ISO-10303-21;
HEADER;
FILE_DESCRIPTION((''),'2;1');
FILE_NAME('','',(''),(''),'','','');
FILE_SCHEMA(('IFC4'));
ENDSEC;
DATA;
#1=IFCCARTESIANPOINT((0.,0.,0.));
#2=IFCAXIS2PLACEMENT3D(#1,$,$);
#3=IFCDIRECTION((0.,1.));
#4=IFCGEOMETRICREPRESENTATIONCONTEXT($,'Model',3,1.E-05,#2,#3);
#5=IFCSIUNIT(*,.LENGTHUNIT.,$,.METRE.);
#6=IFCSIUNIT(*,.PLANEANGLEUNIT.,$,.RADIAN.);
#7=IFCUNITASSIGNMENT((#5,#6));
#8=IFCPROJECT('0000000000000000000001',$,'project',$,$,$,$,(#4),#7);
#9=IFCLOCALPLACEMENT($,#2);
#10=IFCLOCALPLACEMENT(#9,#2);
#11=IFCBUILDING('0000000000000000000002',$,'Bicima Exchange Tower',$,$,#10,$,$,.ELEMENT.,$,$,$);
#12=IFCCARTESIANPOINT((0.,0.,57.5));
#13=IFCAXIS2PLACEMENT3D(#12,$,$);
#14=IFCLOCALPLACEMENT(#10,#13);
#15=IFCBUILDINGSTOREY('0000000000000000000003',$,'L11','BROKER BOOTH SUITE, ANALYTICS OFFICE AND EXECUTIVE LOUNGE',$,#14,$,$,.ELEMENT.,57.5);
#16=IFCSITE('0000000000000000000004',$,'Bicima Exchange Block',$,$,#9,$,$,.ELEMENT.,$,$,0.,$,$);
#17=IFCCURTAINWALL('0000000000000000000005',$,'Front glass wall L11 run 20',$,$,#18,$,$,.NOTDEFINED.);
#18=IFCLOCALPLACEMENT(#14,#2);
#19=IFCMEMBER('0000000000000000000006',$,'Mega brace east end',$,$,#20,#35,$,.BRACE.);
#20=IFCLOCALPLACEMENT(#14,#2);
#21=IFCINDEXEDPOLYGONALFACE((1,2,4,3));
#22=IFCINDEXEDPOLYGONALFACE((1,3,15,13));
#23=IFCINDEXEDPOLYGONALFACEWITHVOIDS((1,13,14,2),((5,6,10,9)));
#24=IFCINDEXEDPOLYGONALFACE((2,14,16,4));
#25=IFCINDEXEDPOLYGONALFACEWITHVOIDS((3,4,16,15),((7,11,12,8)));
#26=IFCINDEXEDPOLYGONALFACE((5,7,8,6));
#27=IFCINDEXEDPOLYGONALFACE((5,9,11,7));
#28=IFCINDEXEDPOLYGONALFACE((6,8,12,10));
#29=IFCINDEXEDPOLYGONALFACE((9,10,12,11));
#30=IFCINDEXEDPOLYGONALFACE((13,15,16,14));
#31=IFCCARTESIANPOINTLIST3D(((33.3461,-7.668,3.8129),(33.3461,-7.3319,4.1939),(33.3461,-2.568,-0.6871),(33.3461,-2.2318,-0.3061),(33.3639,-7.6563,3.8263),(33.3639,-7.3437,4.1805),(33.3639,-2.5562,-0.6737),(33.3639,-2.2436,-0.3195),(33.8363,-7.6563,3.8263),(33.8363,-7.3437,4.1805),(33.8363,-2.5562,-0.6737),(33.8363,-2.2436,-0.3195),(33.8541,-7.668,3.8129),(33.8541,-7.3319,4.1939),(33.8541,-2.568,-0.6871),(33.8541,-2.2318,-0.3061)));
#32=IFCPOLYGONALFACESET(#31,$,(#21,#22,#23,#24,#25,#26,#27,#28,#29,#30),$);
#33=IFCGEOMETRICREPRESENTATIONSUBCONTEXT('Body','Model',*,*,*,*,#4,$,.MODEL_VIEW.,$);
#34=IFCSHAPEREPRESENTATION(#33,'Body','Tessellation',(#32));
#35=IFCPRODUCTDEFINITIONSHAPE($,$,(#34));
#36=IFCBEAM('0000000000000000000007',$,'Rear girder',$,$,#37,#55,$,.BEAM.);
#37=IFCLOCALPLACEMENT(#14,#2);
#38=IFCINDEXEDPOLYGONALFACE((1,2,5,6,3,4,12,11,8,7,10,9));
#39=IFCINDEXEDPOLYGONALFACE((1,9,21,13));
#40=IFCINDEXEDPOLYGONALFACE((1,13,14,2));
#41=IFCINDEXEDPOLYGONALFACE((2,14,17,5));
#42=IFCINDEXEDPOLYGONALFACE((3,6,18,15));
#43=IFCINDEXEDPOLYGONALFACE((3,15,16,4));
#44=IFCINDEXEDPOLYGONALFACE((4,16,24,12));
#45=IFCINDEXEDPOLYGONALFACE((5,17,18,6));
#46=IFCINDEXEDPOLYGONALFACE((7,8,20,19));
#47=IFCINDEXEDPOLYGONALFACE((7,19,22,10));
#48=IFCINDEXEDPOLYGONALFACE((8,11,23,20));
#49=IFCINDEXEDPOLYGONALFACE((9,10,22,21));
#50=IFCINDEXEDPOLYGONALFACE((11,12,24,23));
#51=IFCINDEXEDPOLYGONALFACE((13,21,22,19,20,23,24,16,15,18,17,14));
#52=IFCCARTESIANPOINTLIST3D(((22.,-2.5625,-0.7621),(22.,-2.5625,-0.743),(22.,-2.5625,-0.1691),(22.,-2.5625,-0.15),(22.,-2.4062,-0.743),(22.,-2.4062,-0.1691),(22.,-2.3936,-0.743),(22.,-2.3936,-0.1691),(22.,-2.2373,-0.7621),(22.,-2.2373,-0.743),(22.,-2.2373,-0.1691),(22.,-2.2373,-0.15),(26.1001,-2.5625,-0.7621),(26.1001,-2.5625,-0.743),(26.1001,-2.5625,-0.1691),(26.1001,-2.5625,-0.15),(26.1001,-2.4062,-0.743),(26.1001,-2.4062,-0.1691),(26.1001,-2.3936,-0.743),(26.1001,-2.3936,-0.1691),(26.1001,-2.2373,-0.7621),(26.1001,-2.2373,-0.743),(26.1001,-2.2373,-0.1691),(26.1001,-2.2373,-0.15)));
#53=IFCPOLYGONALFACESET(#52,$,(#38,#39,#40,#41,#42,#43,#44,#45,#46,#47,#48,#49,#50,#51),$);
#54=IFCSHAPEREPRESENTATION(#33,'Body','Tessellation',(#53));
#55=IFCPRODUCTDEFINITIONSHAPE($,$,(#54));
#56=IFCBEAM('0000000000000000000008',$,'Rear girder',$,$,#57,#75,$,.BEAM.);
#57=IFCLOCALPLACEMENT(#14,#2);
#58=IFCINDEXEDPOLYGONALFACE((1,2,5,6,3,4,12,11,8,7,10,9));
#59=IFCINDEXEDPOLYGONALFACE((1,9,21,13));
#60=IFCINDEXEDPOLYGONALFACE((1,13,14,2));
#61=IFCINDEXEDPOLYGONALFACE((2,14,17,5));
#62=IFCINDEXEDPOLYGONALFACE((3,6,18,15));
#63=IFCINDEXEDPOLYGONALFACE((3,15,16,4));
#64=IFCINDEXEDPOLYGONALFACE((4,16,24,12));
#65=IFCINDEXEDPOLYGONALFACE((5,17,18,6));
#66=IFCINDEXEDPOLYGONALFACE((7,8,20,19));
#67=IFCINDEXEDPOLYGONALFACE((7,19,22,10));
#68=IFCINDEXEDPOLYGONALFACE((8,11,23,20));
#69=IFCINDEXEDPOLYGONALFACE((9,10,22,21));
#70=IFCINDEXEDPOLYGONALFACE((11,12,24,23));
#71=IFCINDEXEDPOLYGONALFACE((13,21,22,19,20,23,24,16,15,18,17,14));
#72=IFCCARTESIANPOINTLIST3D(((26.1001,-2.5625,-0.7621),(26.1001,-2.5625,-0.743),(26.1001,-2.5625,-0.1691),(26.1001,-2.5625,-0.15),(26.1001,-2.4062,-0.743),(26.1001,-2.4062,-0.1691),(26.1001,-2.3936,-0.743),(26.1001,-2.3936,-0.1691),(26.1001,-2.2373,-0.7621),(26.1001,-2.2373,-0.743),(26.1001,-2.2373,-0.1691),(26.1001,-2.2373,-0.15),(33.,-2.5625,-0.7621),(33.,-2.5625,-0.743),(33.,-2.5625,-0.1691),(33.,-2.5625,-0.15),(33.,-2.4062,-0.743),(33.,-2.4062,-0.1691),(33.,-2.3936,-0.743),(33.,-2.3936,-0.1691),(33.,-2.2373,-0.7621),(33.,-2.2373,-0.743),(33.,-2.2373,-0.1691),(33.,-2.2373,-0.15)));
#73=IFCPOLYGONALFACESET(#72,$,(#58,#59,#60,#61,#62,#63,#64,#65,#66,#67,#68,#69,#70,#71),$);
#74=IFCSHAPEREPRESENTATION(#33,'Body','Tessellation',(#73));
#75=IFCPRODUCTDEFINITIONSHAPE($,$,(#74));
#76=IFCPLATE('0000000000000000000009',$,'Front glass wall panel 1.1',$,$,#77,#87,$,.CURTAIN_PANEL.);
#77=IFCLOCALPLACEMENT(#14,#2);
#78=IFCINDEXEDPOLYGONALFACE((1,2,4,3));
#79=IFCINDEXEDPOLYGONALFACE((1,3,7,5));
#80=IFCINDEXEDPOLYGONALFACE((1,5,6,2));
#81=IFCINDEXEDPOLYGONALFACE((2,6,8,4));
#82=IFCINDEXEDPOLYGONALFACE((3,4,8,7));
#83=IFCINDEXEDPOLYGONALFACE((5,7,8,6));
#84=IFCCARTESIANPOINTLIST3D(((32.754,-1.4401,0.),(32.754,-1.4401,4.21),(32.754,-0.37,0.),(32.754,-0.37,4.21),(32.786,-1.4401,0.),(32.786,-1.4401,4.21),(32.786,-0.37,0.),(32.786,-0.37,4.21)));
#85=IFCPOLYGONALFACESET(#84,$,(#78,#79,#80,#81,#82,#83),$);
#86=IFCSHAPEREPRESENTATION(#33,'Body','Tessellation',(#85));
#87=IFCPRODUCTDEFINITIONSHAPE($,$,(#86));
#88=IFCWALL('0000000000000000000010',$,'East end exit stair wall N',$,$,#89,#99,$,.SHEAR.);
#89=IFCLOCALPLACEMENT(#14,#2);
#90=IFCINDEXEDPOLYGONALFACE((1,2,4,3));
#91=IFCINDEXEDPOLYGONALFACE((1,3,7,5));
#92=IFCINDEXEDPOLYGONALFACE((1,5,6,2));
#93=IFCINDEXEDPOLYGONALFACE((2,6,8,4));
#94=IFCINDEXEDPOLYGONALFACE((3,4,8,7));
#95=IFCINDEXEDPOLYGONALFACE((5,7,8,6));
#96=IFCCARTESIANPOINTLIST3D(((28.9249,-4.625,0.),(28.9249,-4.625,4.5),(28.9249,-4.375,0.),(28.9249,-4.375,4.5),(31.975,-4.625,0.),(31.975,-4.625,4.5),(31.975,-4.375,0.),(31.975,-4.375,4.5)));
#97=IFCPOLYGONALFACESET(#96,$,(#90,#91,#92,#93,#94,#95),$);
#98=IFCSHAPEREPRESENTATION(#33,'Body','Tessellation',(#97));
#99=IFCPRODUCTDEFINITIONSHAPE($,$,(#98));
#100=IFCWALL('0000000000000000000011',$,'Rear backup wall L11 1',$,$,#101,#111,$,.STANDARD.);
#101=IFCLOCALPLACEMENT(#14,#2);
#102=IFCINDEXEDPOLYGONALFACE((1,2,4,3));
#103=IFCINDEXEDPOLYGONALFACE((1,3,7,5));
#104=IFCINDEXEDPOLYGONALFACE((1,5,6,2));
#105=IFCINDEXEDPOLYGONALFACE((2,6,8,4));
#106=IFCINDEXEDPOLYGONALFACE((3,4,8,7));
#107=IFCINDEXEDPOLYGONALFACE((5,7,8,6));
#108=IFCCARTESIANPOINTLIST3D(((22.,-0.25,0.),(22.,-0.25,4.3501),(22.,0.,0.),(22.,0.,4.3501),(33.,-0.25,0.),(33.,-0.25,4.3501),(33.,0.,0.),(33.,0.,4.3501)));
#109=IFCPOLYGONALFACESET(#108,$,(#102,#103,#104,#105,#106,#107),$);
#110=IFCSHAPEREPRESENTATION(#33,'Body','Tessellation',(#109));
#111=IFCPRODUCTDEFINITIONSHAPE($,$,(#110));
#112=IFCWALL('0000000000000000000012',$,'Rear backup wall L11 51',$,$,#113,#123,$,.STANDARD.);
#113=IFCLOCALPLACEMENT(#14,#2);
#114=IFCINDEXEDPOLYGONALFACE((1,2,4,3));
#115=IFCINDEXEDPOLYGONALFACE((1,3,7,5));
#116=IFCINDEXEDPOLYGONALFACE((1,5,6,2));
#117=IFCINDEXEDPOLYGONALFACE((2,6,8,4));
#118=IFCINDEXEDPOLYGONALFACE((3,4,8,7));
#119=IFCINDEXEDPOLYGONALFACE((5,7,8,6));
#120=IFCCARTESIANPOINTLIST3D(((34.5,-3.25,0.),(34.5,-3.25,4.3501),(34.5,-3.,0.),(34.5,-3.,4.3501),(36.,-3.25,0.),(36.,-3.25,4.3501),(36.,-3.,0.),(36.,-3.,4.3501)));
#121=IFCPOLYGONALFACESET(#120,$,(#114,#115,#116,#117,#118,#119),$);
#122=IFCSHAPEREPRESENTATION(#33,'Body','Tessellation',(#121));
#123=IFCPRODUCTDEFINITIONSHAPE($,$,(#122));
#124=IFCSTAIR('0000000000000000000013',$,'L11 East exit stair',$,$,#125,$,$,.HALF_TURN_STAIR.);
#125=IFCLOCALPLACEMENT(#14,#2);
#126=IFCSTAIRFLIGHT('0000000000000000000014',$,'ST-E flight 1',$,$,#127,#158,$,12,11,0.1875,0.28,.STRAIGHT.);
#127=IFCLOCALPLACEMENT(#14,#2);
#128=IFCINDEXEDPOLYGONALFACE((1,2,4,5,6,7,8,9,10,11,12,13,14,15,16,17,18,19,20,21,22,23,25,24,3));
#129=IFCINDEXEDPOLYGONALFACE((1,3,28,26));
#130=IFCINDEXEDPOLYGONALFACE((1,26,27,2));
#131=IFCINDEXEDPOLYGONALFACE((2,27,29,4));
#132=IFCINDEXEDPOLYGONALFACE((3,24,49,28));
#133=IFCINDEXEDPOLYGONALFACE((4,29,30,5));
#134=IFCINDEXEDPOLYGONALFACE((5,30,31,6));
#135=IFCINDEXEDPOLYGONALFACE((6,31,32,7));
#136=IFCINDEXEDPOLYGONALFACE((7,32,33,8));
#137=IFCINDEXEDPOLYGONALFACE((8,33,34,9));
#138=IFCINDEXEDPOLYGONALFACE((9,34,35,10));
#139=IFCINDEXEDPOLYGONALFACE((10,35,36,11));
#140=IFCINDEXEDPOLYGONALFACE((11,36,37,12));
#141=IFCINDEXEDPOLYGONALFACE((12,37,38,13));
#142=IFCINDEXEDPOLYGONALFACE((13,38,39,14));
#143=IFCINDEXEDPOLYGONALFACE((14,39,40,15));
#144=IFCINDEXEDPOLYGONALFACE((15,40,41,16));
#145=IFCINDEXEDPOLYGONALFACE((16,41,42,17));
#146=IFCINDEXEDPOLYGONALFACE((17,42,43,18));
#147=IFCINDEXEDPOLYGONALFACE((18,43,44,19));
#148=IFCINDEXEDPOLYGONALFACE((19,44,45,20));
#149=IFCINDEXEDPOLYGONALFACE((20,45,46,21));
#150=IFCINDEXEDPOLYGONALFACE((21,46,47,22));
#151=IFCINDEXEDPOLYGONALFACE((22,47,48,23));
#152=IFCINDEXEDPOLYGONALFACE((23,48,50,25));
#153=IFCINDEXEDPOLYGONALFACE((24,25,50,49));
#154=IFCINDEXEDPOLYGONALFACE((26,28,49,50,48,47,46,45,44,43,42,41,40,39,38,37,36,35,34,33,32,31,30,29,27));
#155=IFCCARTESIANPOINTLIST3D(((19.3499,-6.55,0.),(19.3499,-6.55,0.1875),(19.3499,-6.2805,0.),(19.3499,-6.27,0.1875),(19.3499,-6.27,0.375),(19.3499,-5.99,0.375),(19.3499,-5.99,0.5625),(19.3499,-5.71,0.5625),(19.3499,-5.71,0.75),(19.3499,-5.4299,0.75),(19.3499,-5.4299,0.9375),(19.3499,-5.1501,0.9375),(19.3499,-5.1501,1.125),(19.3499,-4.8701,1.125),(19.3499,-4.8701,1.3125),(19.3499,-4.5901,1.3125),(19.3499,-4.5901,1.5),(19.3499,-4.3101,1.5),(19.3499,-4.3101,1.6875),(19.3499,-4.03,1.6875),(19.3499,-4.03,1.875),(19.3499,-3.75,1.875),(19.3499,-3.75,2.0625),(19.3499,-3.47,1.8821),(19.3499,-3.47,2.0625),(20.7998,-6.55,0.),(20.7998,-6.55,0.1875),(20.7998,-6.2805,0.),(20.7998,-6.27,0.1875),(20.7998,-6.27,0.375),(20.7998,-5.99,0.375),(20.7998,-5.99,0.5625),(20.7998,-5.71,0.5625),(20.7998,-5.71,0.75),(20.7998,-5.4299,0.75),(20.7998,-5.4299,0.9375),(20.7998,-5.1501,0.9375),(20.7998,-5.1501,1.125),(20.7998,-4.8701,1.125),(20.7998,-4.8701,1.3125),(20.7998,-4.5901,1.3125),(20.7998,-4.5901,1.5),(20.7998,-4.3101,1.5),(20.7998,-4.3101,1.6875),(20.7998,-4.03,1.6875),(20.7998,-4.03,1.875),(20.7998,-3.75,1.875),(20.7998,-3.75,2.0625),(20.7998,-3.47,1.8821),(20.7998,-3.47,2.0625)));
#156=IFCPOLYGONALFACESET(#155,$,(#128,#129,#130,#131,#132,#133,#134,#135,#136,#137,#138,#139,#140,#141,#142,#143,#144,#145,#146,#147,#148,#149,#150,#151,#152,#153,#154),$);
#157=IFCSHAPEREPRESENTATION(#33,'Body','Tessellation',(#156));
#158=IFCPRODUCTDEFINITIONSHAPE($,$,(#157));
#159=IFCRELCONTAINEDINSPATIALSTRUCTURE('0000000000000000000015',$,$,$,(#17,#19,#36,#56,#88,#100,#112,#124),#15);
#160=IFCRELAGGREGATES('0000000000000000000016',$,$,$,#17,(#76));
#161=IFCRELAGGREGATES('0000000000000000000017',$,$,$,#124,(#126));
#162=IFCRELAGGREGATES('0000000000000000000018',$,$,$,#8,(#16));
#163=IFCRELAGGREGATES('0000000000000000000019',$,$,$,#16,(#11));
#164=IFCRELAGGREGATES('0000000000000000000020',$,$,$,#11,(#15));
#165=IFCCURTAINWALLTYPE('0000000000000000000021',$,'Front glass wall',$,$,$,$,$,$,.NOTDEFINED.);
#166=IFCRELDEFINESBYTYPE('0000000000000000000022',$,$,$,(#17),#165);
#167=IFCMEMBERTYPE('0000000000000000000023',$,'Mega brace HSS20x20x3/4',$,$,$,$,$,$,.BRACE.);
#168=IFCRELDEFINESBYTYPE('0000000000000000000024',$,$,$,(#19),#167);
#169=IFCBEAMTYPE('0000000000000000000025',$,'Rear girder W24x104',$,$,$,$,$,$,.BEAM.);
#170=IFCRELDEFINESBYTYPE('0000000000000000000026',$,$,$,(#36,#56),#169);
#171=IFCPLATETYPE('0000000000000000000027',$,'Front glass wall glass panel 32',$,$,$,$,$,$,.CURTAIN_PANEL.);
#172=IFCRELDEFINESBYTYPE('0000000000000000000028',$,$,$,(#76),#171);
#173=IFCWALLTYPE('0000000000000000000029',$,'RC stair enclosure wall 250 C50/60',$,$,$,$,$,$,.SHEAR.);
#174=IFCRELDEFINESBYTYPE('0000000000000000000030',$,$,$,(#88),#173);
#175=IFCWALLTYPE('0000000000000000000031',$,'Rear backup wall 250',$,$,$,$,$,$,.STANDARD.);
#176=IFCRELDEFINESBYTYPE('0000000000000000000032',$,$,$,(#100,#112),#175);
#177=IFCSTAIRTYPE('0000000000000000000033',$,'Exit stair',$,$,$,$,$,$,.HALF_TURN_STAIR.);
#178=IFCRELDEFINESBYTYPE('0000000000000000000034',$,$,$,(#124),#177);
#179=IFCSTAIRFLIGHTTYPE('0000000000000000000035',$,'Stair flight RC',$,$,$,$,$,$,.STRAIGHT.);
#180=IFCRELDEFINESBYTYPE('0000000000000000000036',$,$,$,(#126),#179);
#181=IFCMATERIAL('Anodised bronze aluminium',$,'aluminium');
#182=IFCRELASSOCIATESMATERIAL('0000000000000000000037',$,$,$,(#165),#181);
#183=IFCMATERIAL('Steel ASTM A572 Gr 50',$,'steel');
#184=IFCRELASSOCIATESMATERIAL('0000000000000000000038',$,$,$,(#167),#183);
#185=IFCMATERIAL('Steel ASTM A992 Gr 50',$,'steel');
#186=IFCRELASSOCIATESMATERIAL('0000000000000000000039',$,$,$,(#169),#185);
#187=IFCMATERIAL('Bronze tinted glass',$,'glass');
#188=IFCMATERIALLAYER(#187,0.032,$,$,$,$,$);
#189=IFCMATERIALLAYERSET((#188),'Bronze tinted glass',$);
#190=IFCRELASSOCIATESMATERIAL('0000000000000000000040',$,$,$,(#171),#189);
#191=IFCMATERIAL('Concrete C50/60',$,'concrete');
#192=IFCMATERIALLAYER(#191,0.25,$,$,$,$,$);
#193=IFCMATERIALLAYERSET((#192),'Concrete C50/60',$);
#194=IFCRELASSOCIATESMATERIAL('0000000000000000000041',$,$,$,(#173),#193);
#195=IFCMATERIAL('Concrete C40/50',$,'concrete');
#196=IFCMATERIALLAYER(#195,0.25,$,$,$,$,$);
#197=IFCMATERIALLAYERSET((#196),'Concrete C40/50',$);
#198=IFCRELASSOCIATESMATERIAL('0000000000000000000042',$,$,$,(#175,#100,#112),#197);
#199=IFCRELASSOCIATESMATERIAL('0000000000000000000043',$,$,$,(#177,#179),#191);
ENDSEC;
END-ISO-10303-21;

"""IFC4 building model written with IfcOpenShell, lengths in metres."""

from ifc_helpers import new_model, si_unit, direction, frame, frame_2d, origin, origin_2d, place, context, subcontext, project, spatial, polyline, rectangle, hollow_rectangle, i_section, outline, extrude, material, layer, layer_set, layer_usage, material_profile, profile_set, type_object, element, aggregate, save


model = new_model("IFC4")

# Units and contexts
model_context = context("Model", 3, precision=1e-05, world=origin(), true_north=direction((0.0, 1.0)))
body_context = subcontext(model_context, "Body", "Model", "MODEL_VIEW")
ifc_project = project(units=[si_unit("LENGTHUNIT", "METRE"), si_unit("PLANEANGLEUNIT", "RADIAN")], contexts=[model_context])

# Site, building, storey
site_placement = place(None, origin())
site = spatial("IfcSite", under=ifc_project, at=site_placement, Name="Bicima Exchange Block", CompositionType="ELEMENT", RefElevation=0.0)
building_placement = place(site_placement, origin())
building = spatial("IfcBuilding", under=site, at=building_placement, Name="Bicima Exchange Tower", CompositionType="ELEMENT")
storey_placement = place(building_placement, frame((0.0, 0.0, 57.5)))
storey = spatial("IfcBuildingStorey", under=building, at=storey_placement, Name="L11", Description="BROKER BOOTH SUITE, ANALYTICS OFFICE AND EXECUTIVE LOUNGE", CompositionType="ELEMENT", Elevation=57.5)

# Shared definitions
ifc_material_1 = material(Name="Steel ASTM A572 Gr 50", Category="steel")
ifc_material_2 = material(Name="Steel ASTM A992 Gr 50", Category="steel")

# Curtain wall
ifc_material_3 = material(Name="Anodised bronze aluminium", Category="aluminium")
curtain_wall_type = type_object("IfcCurtainWallType", Name="Front glass wall", PredefinedType="NOTDEFINED", material=ifc_material_3)
curtain_wall_placement = place(storey_placement, origin())
curtain_wall = element("IfcCurtainWall", 1, at=curtain_wall_placement, inside=storey, type_object=curtain_wall_type, Name="Front glass wall L11 run 20", PredefinedType="NOTDEFINED")

# Member
ifc_material_profile_1 = material_profile(ifc_material_1, hollow_rectangle(XDim=0.5081, YDim=0.5081, WallThickness=0.0178, at=origin_2d()))
ifc_profile_set_1 = profile_set([ifc_material_profile_1], Name="Steel ASTM A572 Gr 50")
member_type_1 = type_object("IfcMemberType", Name="Mega brace HSS20x20x3/4", PredefinedType="BRACE", material=ifc_profile_set_1)
member_1_placement = place(storey_placement, frame((33.6001, -2.3999, -0.4966), z_axis=(0.0, -0.749844, 0.661615), x_axis=(1.0, 0.0, 0.0)))
element("IfcMember", 2, at=member_1_placement, inside=storey, type_object=member_type_1, Name="Mega brace east end", PredefinedType="BRACE", context=body_context, shape_type="SweptSolid", body=[
    extrude(hollow_rectangle(XDim=0.5081, YDim=0.5081, WallThickness=0.0178, at=origin_2d()), origin(), (0.0, 0.0, 1.0), 6.8015),
])

# Beams
ifc_material_profile_2 = material_profile(ifc_material_2, i_section(OverallWidth=0.3252, OverallDepth=0.6121, WebThickness=0.0127, FlangeThickness=0.019, at=origin_2d()))
ifc_profile_set_2 = profile_set([ifc_material_profile_2], Name="Steel ASTM A992 Gr 50")
beam_type_1 = type_object("IfcBeamType", Name="Rear girder W24x104", PredefinedType="BEAM", material=ifc_profile_set_2)
beam_1_placement = place(storey_placement, frame((22.0, -2.3999, -0.4561), z_axis=(1.0, 0.0, 0.0), x_axis=(0.0, 1.0, 0.0)))
element("IfcBeam", 3, at=beam_1_placement, inside=storey, type_object=beam_type_1, Name="Rear girder", PredefinedType="BEAM", context=body_context, shape_type="SweptSolid", body=[
    extrude(i_section(OverallWidth=0.3252, OverallDepth=0.6121, WebThickness=0.0127, FlangeThickness=0.019, at=origin_2d()), origin(), (0.0, 0.0, 1.0), 4.1001),
])
beam_2_placement = place(storey_placement, frame((26.1001, -2.3999, -0.4561), z_axis=(1.0, 0.0, 0.0), x_axis=(0.0, 1.0, 0.0)))
element("IfcBeam", 4, at=beam_2_placement, inside=storey, type_object=beam_type_1, Name="Rear girder", PredefinedType="BEAM", context=body_context, shape_type="SweptSolid", body=[
    extrude(i_section(OverallWidth=0.3252, OverallDepth=0.6121, WebThickness=0.0127, FlangeThickness=0.019, at=origin_2d()), origin(), (0.0, 0.0, 1.0), 6.8999),
])

# Plate
ifc_material_4 = material(Name="Bronze tinted glass", Category="glass")
ifc_layer_1 = layer(ifc_material_4, 0.032)
ifc_layer_set_1 = layer_set([ifc_layer_1], Name="Bronze tinted glass")
plate_type = type_object("IfcPlateType", Name="Front glass wall glass panel 32", PredefinedType="CURTAIN_PANEL", material=ifc_layer_set_1)
plate_placement = place(storey_placement, frame((32.77, -0.905, 0.0), z_axis=(0.0, 0.0, 1.0), x_axis=(0.0, 1.0, 0.0)))
plate = element("IfcPlate", 5, at=plate_placement, type_object=plate_type, Name="Front glass wall panel 1.1", PredefinedType="CURTAIN_PANEL", context=body_context, shape_type="SweptSolid", body=[
    extrude(rectangle(XDim=1.0701, YDim=0.032, at=origin_2d()), origin(), (0.0, 0.0, 1.0), 4.21),
])
aggregate(curtain_wall, [plate])

# Walls
ifc_material_5 = material(Name="Concrete C50/60", Category="concrete")
ifc_layer_2 = layer(ifc_material_5, 0.25)
ifc_layer_set_2 = layer_set([ifc_layer_2], Name="Concrete C50/60")
wall_type_1 = type_object("IfcWallType", Name="RC stair enclosure wall 250 C50/60", PredefinedType="SHEAR", material=ifc_layer_set_2)
wall_1_placement = place(storey_placement, frame((28.925, -4.5, 0.0), z_axis=(0.0, 0.0, 1.0), x_axis=(1.0, 0.0, 0.0)))
element("IfcWall", 6, at=wall_1_placement, inside=storey, type_object=wall_type_1, Name="East end exit stair wall N", PredefinedType="SHEAR", context=body_context, shape_type="SweptSolid", body=[
    extrude(rectangle(XDim=3.05, YDim=0.25, at=frame_2d((1.5249, 0.0))), origin(), (0.0, 0.0, 1.0), 4.5),
])
ifc_material_6 = material(Name="Concrete C40/50", Category="concrete")
ifc_layer_3 = layer(ifc_material_6, 0.25)
ifc_layer_set_3 = layer_set([ifc_layer_3], Name="Concrete C40/50")
ifc_layer_usage = layer_usage(ifc_layer_set_3, "AXIS2", "POSITIVE", -0.125)
wall_type_2 = type_object("IfcWallType", Name="Rear backup wall 250", PredefinedType="STANDARD", material=ifc_layer_set_3)
wall_2_placement = place(storey_placement, frame((33.0, -0.125, 0.0), z_axis=(0.0, 0.0, 1.0), x_axis=(-1.0, 0.0, 0.0)))
element("IfcWall", 7, at=wall_2_placement, inside=storey, type_object=wall_type_2, material=ifc_layer_usage, Name="Rear backup wall L11 1", PredefinedType="STANDARD", context=body_context, shape_type="SweptSolid", body=[
    extrude(rectangle(XDim=11.0, YDim=0.25, at=frame_2d((5.5, 0.0))), origin(), (0.0, 0.0, 1.0), 4.3501),
])
wall_3_placement = place(storey_placement, frame((36.0, -3.125, 0.0), z_axis=(0.0, 0.0, 1.0), x_axis=(-1.0, 0.0, 0.0)))
element("IfcWall", 8, at=wall_3_placement, inside=storey, type_object=wall_type_2, material=ifc_layer_usage, Name="Rear backup wall L11 51", PredefinedType="STANDARD", context=body_context, shape_type="SweptSolid", body=[
    extrude(rectangle(XDim=1.5, YDim=0.25, at=frame_2d((0.75, 0.0))), origin(), (0.0, 0.0, 1.0), 4.3501),
])

# Stair, stair flight
stair_type = type_object("IfcStairType", Name="Exit stair", PredefinedType="HALF_TURN_STAIR", material=ifc_material_5)
stair_1_placement = place(storey_placement, origin())
stair_1 = element("IfcStair", 9, at=stair_1_placement, inside=storey, type_object=stair_type, Name="L11 East exit stair", PredefinedType="HALF_TURN_STAIR")
stair_flight_type = type_object("IfcStairFlightType", Name="Stair flight RC", PredefinedType="STRAIGHT", material=ifc_material_5)
stair_flight_1_placement = place(storey_placement, frame((20.075, -6.55, 0.0), z_axis=(0.0, 0.0, 1.0), x_axis=(0.0, 1.0, 0.0)))
stair_flight_1 = element("IfcStairFlight", 10, at=stair_flight_1_placement, type_object=stair_flight_type, Name="ST-E flight 1", NumberOfRisers=12, NumberOfTreads=11, PredefinedType="STRAIGHT", RiserHeight=0.1875, TreadLength=0.28, context=body_context, shape_type="SweptSolid", body=[
    extrude(outline(polyline([(0.0, 0.0), (0.0, 0.1875), (0.28, 0.1875), (0.28, 0.375), (0.5601, 0.375), (0.5601, 0.5625), (0.8401, 0.5625), (0.8401, 0.75), (1.1201, 0.75), (1.1201, 0.9375), (1.3999, 0.9375), (1.3999, 1.125), (1.6799, 1.125), (1.6799, 1.3125), (1.96, 1.3125), (1.96, 1.5), (2.24, 1.5), (2.24, 1.6875), (2.52, 1.6875), (2.52, 1.875), (2.8, 1.875), (2.8, 2.0625), (3.0801, 2.0625), (3.0801, 2.25), (3.0801, 1.8821), (0.2695, 0.0), (0.0, 0.0)])), frame((0.0, 0.7251, 0.0), z_axis=(0.0, -1.0, 0.0), x_axis=(1.0, 0.0, 0.0)), (0.0, 0.0, 1.0), 1.45),
])
aggregate(stair_1, [stair_flight_1])

save(model, "model.ifc")
